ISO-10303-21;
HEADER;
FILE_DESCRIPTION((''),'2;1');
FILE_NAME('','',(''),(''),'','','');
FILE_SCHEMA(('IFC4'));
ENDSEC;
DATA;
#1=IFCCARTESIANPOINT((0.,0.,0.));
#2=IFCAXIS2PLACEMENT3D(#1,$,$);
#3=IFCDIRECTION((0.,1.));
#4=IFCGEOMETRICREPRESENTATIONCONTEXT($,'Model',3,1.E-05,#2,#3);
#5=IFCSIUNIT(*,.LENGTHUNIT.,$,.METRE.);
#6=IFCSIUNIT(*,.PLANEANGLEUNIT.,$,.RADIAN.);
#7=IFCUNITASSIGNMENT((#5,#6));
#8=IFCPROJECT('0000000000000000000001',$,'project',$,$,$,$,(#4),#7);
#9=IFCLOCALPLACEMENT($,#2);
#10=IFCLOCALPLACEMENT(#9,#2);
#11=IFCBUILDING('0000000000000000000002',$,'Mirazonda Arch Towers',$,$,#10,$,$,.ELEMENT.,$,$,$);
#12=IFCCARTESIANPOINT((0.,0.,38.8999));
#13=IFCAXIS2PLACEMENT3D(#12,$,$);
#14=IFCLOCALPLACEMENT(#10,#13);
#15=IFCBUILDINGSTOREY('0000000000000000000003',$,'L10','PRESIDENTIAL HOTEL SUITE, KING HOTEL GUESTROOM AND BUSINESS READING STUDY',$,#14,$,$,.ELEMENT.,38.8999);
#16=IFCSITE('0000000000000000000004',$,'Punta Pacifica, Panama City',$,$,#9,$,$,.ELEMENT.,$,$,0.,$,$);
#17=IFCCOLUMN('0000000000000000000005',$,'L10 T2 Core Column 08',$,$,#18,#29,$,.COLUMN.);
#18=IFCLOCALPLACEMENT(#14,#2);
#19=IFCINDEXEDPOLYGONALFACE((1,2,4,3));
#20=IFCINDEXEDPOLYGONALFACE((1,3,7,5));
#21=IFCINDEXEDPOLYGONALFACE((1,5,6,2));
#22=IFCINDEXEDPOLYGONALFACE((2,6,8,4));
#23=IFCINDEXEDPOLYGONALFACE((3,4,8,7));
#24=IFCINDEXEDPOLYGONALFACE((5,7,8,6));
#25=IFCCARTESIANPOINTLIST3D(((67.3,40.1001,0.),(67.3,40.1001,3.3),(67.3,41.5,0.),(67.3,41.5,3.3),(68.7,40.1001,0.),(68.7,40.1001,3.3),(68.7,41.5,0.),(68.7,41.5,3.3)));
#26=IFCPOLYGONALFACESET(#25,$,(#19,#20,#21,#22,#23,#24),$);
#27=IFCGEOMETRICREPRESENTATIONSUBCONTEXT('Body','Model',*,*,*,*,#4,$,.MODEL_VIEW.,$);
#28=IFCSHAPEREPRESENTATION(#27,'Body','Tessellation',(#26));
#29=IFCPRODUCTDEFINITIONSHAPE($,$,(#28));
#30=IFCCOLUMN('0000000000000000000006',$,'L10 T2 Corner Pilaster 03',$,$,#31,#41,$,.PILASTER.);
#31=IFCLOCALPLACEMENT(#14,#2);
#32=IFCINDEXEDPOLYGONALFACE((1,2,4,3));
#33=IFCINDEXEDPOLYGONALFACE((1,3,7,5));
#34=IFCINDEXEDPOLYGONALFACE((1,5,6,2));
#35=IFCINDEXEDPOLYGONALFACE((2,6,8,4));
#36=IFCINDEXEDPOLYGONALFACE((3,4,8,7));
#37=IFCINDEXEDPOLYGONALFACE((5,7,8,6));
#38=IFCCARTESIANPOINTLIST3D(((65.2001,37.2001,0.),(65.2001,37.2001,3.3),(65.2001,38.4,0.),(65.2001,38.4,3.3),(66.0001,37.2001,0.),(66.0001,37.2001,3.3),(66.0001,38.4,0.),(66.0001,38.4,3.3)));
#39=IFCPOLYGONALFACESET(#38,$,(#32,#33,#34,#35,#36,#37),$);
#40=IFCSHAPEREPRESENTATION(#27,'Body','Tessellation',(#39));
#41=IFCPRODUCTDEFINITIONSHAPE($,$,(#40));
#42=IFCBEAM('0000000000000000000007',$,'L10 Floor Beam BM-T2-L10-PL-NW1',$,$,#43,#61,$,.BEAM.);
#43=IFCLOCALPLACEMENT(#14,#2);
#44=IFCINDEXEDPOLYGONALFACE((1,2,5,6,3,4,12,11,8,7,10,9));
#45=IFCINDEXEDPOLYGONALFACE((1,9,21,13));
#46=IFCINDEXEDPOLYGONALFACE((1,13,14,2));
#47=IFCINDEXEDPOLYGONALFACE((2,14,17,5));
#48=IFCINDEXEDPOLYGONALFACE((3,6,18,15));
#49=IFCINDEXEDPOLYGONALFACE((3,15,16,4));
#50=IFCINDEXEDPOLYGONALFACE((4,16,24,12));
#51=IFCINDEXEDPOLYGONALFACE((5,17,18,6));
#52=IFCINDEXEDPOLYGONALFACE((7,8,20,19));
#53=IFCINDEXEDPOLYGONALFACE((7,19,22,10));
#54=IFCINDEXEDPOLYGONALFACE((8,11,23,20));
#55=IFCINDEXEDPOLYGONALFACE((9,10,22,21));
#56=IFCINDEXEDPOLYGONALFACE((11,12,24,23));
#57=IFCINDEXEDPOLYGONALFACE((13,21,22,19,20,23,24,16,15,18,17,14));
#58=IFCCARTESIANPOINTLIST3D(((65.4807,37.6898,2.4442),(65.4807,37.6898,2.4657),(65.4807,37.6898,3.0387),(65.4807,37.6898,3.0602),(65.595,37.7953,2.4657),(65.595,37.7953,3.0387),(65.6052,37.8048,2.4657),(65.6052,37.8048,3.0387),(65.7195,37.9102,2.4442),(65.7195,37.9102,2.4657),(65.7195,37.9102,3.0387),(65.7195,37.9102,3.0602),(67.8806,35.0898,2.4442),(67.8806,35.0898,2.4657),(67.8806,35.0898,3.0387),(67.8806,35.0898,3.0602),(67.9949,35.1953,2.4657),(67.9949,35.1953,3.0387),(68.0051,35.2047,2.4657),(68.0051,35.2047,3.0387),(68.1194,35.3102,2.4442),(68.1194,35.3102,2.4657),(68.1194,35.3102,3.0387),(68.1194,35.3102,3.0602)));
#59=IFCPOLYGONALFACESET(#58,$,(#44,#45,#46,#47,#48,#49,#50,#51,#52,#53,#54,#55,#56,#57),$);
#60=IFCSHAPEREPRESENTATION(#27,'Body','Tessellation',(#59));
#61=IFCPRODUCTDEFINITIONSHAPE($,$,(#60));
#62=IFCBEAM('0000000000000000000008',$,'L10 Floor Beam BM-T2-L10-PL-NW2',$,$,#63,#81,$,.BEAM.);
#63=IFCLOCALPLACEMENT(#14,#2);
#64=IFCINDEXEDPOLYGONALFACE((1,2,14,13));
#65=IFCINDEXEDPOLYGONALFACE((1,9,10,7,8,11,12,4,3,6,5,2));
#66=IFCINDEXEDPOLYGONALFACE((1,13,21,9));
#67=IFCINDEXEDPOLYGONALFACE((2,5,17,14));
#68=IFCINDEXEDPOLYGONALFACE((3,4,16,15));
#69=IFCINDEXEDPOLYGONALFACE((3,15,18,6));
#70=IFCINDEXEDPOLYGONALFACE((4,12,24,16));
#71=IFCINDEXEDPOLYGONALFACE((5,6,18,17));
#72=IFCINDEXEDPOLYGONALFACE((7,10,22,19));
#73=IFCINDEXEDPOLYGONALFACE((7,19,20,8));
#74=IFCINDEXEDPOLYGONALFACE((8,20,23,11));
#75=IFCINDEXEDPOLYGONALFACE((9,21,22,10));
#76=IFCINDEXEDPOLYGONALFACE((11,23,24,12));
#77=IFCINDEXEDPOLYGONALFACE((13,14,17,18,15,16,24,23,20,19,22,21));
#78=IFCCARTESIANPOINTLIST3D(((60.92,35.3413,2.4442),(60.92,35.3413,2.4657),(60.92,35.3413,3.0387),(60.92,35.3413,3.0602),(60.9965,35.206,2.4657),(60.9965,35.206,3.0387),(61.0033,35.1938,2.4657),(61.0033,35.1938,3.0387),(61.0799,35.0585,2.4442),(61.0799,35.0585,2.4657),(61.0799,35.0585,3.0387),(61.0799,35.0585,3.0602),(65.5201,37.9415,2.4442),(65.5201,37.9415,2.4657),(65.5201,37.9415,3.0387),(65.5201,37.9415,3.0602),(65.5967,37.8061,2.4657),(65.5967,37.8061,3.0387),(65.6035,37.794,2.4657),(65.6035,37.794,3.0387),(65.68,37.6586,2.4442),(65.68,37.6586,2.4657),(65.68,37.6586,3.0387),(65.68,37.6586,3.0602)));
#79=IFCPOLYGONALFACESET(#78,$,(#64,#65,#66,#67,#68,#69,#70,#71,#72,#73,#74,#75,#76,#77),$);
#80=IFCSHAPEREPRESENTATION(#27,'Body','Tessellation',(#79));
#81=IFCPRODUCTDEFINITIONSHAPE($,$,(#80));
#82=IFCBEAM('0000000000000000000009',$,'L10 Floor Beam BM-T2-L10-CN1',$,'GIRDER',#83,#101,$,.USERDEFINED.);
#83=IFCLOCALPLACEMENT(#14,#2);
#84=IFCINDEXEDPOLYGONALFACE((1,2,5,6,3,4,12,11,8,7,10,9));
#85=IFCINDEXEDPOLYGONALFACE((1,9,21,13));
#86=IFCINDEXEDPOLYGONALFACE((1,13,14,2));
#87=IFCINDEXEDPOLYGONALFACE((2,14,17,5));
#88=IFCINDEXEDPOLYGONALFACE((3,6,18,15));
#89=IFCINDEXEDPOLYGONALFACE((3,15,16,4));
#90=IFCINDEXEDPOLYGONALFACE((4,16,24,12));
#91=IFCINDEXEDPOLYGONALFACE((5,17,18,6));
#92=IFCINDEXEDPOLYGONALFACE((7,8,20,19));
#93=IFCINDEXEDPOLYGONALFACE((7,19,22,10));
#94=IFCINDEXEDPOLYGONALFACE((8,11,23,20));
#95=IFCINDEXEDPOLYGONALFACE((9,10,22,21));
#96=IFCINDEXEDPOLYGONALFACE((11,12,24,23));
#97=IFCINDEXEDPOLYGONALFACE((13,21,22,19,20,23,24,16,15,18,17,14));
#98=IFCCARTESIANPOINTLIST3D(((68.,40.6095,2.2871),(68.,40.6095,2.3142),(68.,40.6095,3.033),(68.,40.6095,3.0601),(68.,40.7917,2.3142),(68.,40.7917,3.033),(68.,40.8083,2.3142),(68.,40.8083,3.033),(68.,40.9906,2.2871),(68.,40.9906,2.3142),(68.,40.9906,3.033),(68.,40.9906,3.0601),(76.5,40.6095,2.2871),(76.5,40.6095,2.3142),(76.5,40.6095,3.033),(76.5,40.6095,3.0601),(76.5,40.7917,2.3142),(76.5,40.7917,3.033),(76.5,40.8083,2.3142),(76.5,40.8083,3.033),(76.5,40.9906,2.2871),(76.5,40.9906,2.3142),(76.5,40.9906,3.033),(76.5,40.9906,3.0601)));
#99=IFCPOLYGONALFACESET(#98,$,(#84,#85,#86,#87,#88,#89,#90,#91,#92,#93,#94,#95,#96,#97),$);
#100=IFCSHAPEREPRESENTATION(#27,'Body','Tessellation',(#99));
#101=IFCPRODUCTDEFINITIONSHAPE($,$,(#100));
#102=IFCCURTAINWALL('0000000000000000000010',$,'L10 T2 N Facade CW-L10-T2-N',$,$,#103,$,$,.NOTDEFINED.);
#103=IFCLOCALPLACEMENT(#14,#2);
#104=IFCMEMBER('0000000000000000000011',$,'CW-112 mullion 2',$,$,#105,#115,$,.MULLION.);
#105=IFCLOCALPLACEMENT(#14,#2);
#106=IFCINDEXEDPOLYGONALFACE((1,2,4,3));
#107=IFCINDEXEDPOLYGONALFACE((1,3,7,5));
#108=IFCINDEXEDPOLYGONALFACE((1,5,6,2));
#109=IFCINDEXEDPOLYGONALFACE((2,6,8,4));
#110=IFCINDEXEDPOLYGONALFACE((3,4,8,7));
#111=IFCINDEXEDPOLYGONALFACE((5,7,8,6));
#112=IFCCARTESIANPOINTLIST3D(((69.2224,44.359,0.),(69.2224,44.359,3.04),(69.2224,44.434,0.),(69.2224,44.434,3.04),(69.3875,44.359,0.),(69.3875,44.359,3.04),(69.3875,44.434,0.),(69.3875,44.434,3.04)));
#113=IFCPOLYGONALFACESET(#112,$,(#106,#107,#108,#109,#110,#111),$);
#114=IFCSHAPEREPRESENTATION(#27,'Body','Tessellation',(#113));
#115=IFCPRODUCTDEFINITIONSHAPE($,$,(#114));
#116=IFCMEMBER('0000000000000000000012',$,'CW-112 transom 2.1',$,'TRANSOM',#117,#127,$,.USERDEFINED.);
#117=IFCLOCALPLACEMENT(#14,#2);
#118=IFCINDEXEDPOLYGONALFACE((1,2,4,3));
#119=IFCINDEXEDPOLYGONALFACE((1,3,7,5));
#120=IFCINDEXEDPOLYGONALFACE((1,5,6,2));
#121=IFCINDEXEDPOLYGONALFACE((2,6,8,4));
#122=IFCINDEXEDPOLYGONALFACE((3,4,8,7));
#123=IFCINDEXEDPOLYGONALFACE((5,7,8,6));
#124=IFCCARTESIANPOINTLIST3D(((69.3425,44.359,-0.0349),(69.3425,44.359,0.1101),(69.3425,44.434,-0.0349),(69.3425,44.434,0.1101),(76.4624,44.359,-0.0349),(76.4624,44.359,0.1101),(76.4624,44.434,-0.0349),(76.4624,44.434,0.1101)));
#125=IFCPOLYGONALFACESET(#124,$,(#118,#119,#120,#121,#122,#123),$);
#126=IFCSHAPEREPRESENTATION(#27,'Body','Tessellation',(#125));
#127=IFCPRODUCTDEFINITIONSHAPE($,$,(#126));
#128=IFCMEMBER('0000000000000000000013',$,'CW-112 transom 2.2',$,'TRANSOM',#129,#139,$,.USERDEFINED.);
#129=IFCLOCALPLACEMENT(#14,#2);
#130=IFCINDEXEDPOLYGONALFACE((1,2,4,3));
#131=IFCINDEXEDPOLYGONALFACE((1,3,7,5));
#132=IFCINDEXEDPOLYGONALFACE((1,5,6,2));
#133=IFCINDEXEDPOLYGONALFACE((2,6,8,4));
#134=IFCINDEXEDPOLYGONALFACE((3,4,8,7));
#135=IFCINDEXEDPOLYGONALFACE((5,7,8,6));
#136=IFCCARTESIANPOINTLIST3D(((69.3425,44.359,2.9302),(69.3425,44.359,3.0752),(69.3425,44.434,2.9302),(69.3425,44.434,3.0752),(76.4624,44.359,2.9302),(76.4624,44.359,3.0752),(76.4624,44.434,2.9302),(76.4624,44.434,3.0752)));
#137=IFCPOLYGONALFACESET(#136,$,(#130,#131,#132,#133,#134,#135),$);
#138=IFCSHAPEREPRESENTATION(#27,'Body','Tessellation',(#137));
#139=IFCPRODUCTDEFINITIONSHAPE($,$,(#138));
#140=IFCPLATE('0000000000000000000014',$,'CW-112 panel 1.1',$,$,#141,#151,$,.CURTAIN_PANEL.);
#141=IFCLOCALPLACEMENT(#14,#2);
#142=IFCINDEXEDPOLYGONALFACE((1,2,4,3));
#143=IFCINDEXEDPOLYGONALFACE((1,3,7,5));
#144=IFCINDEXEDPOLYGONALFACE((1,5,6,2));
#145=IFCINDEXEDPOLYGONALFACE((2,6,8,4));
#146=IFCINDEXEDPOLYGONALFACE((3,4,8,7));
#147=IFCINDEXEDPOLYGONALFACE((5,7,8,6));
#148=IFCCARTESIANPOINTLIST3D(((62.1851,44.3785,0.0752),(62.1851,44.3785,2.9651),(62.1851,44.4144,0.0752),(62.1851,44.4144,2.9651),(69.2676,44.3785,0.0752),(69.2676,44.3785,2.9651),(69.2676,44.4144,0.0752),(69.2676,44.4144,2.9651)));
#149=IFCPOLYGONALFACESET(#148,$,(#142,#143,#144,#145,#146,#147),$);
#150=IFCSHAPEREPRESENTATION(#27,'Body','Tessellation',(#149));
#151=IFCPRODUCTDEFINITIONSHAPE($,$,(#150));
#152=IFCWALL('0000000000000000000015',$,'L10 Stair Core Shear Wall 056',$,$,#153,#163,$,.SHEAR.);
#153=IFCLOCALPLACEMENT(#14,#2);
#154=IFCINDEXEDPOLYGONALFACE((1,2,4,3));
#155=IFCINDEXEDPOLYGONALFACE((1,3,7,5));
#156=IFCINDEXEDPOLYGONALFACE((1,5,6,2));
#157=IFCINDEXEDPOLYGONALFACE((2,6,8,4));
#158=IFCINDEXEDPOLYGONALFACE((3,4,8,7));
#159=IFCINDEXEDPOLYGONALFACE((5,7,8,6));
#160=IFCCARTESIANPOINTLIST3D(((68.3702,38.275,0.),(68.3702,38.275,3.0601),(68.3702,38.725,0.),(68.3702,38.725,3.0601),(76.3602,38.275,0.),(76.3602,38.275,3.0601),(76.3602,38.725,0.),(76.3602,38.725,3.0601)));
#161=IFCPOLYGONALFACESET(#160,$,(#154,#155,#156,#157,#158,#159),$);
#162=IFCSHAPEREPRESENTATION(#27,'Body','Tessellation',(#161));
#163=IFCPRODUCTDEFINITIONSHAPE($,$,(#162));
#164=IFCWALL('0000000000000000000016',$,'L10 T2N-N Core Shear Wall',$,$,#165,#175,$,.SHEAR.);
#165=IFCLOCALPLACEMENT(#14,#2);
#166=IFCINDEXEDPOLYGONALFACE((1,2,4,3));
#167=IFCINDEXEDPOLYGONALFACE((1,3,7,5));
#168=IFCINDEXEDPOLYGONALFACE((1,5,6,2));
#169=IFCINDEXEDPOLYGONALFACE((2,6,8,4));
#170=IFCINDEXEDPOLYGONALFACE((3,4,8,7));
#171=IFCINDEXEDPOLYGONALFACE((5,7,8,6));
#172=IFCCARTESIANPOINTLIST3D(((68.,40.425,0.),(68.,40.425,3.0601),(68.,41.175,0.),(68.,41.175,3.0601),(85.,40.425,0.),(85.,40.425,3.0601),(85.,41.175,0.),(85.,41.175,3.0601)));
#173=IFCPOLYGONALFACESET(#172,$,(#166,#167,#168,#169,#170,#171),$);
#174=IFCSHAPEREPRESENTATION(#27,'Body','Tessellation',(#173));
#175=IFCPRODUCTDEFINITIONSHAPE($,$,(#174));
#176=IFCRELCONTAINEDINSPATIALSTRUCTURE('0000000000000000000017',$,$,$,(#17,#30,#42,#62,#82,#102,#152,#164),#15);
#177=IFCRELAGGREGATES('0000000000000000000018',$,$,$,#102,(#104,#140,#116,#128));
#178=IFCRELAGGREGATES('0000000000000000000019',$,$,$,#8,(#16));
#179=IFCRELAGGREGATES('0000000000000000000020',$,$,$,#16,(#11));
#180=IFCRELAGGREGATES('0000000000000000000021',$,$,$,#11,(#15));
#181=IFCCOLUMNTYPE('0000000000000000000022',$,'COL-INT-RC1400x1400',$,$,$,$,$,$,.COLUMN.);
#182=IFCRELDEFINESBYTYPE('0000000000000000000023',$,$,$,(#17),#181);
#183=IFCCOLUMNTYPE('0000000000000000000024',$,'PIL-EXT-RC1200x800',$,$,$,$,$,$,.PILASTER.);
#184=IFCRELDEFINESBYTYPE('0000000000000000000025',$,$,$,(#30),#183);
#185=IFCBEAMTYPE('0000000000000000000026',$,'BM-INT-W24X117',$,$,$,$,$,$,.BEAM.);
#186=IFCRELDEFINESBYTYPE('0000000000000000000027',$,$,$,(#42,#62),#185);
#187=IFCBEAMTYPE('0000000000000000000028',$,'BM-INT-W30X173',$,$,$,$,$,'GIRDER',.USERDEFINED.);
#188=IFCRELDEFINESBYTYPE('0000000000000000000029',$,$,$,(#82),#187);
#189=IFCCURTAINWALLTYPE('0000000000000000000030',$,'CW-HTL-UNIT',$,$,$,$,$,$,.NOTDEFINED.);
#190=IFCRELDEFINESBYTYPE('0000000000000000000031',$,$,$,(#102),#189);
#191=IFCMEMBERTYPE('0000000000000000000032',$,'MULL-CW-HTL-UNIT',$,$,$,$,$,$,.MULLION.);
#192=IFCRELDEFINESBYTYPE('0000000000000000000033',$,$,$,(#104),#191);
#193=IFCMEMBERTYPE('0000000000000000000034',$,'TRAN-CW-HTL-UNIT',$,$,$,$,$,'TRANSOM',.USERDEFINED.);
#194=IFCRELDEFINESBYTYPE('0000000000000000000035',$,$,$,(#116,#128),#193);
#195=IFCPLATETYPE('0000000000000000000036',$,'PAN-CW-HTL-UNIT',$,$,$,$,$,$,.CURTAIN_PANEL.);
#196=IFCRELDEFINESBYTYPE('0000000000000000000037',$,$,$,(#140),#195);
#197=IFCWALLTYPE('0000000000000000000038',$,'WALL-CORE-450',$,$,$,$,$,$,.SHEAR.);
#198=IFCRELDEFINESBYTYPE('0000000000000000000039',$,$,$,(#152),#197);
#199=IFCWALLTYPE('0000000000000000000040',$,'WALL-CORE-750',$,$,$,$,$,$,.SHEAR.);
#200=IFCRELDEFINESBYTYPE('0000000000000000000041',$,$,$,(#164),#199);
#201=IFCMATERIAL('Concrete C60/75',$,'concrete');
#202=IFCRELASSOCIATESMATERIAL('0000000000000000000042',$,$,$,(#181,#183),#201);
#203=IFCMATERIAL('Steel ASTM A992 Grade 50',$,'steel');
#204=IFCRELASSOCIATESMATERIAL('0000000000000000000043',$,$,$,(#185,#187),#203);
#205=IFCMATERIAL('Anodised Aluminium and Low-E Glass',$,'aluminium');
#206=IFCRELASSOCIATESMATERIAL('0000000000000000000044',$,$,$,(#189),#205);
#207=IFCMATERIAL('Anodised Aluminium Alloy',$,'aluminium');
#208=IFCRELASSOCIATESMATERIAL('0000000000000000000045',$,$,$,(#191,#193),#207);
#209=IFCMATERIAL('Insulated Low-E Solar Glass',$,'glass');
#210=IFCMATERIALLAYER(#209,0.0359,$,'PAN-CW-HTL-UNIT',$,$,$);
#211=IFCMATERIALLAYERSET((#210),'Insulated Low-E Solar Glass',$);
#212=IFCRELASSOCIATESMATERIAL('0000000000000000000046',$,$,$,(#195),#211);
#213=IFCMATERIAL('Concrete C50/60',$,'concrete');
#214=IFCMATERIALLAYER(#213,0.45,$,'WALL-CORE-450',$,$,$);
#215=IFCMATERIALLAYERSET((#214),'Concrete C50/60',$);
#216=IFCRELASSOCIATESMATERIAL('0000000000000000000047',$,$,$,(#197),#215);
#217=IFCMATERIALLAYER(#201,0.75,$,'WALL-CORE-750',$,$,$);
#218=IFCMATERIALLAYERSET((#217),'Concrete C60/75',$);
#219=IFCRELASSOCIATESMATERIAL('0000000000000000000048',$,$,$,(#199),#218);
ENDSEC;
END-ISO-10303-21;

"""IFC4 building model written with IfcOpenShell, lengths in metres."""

from ifc_helpers import new_model, si_unit, direction, frame, frame_2d, origin, origin_2d, place, context, subcontext, project, spatial, rectangle, i_section, extrude, material, layer, layer_set, material_profile, profile_set, type_object, element, aggregate, save


model = new_model("IFC4")

# Units and contexts
model_context = context("Model", 3, precision=1e-05, world=origin(), true_north=direction((0.0, 1.0)))
body_context = subcontext(model_context, "Body", "Model", "MODEL_VIEW")
ifc_project = project(units=[si_unit("LENGTHUNIT", "METRE"), si_unit("PLANEANGLEUNIT", "RADIAN")], contexts=[model_context])

# Site, building, storey
site_placement = place(None, origin())
site = spatial("IfcSite", under=ifc_project, at=site_placement, Name="Punta Pacifica, Panama City", CompositionType="ELEMENT", RefElevation=0.0)
building_placement = place(site_placement, origin())
building = spatial("IfcBuilding", under=site, at=building_placement, Name="Mirazonda Arch Towers", CompositionType="ELEMENT")
storey_placement = place(building_placement, frame((0.0, 0.0, 38.8999)))
storey = spatial("IfcBuildingStorey", under=building, at=storey_placement, Name="L10", Description="PRESIDENTIAL HOTEL SUITE, KING HOTEL GUESTROOM AND BUSINESS READING STUDY", CompositionType="ELEMENT", Elevation=38.8999)

# Columns
ifc_material_1 = material(Name="Concrete C60/75", Category="concrete")
ifc_material_profile_1 = material_profile(ifc_material_1, rectangle(XDim=1.3999, YDim=1.3999, at=origin_2d()), Name="RC1400x1400")
ifc_profile_set_1 = profile_set([ifc_material_profile_1], Name="Concrete C60/75")
column_type_1 = type_object("IfcColumnType", Name="COL-INT-RC1400x1400", PredefinedType="COLUMN", material=ifc_profile_set_1)
column_1_placement = place(storey_placement, frame((68.0, 40.8, 0.0), z_axis=(0.0, 0.0, 1.0), x_axis=(1.0, 0.0, 0.0)))
element("IfcColumn", 1, at=column_1_placement, inside=storey, type_object=column_type_1, Name="L10 T2 Core Column 08", PredefinedType="COLUMN", context=body_context, shape_type="SweptSolid", body=[
    extrude(rectangle(XDim=1.3999, YDim=1.3999, at=origin_2d()), origin(), (0.0, 0.0, 1.0), 3.3),
])
ifc_material_profile_2 = material_profile(ifc_material_1, rectangle(XDim=0.8, YDim=1.2, at=origin_2d()), Name="RC1200x800")
ifc_profile_set_2 = profile_set([ifc_material_profile_2], Name="Concrete C60/75")
column_type_2 = type_object("IfcColumnType", Name="PIL-EXT-RC1200x800", PredefinedType="PILASTER", material=ifc_profile_set_2)
column_2_placement = place(storey_placement, frame((65.6001, 37.8, 0.0), z_axis=(0.0, 0.0, 1.0), x_axis=(1.0, 0.0, 0.0)))
element("IfcColumn", 2, at=column_2_placement, inside=storey, type_object=column_type_2, Name="L10 T2 Corner Pilaster 03", PredefinedType="PILASTER", context=body_context, shape_type="SweptSolid", body=[
    extrude(rectangle(XDim=0.8, YDim=1.2, at=origin_2d()), origin(), (0.0, 0.0, 1.0), 3.3),
])

# Beams
ifc_material_2 = material(Name="Steel ASTM A992 Grade 50", Category="steel")
ifc_material_profile_3 = material_profile(ifc_material_2, i_section(OverallWidth=0.325, OverallDepth=0.616, WebThickness=0.0139, FlangeThickness=0.0215, at=origin_2d()), Name="W24X117")
ifc_profile_set_3 = profile_set([ifc_material_profile_3], Name="Steel ASTM A992 Grade 50")
beam_type_1 = type_object("IfcBeamType", Name="BM-INT-W24X117", PredefinedType="BEAM", material=ifc_profile_set_3)
beam_1_placement = place(storey_placement, frame((65.6001, 37.8, 2.7522), z_axis=(0.678251, -0.73483, 0.0), x_axis=(0.73483, 0.678251, 0.0)))
element("IfcBeam", 3, at=beam_1_placement, inside=storey, type_object=beam_type_1, Name="L10 Floor Beam BM-T2-L10-PL-NW1", PredefinedType="BEAM", context=body_context, shape_type="SweptSolid", body=[
    extrude(i_section(OverallWidth=0.325, OverallDepth=0.616, WebThickness=0.0139, FlangeThickness=0.0215, at=origin_2d()), origin(), (0.0, 0.0, 1.0), 3.5383),
])
beam_2_placement = place(storey_placement, frame((65.6001, 37.8, 2.7522), z_axis=(-0.870559, -0.492063, 0.0), x_axis=(0.492063, -0.870559, 0.0)))
element("IfcBeam", 4, at=beam_2_placement, inside=storey, type_object=beam_type_1, Name="L10 Floor Beam BM-T2-L10-PL-NW2", PredefinedType="BEAM", context=body_context, shape_type="SweptSolid", body=[
    extrude(i_section(OverallWidth=0.325, OverallDepth=0.616, WebThickness=0.0139, FlangeThickness=0.0215, at=origin_2d()), origin(), (0.0, 0.0, 1.0), 5.2842),
])
ifc_material_profile_4 = material_profile(ifc_material_2, i_section(OverallWidth=0.3811, OverallDepth=0.7729, WebThickness=0.0166, FlangeThickness=0.0271, at=origin_2d()), Name="W30X173")
ifc_profile_set_4 = profile_set([ifc_material_profile_4], Name="Steel ASTM A992 Grade 50")
beam_type_2 = type_object("IfcBeamType", Name="BM-INT-W30X173", ElementType="GIRDER", PredefinedType="USERDEFINED", material=ifc_profile_set_4)
beam_3_placement = place(storey_placement, frame((68.0, 40.8, 2.6736), z_axis=(1.0, 0.0, 0.0), x_axis=(0.0, 1.0, 0.0)))
element("IfcBeam", 5, at=beam_3_placement, inside=storey, type_object=beam_type_2, Name="L10 Floor Beam BM-T2-L10-CN1", ObjectType="GIRDER", PredefinedType="USERDEFINED", context=body_context, shape_type="SweptSolid", body=[
    extrude(i_section(OverallWidth=0.3811, OverallDepth=0.7729, WebThickness=0.0166, FlangeThickness=0.0271, at=origin_2d()), origin(), (0.0, 0.0, 1.0), 8.5),
])

# Curtain wall, members, plate
ifc_material_3 = material(Name="Anodised Aluminium and Low-E Glass", Category="aluminium")
curtain_wall_type = type_object("IfcCurtainWallType", Name="CW-HTL-UNIT", PredefinedType="NOTDEFINED", material=ifc_material_3)
curtain_wall_placement = place(storey_placement, origin())
curtain_wall = element("IfcCurtainWall", 6, at=curtain_wall_placement, inside=storey, type_object=curtain_wall_type, Name="L10 T2 N Facade CW-L10-T2-N", PredefinedType="NOTDEFINED")
ifc_material_4 = material(Name="Anodised Aluminium Alloy", Category="aluminium")
ifc_material_profile_5 = material_profile(ifc_material_4, rectangle(XDim=0.075, YDim=0.165, at=origin_2d()), Name="ALU-MULL-75x165")
ifc_profile_set_5 = profile_set([ifc_material_profile_5], Name="Anodised Aluminium Alloy")
member_type_1 = type_object("IfcMemberType", Name="MULL-CW-HTL-UNIT", PredefinedType="MULLION", material=ifc_profile_set_5)
member_1_placement = place(storey_placement, frame((69.3049, 44.3965, 0.0), z_axis=(0.0, 0.0, 1.0), x_axis=(0.0, 1.0, 0.0)))
member_1 = element("IfcMember", 7, at=member_1_placement, type_object=member_type_1, Name="CW-112 mullion 2", PredefinedType="MULLION", context=body_context, shape_type="SweptSolid", body=[
    extrude(rectangle(XDim=0.075, YDim=0.165, at=origin_2d()), origin(), (0.0, 0.0, 1.0), 3.04),
])
ifc_material_profile_6 = material_profile(ifc_material_4, rectangle(XDim=0.075, YDim=0.145, at=origin_2d()), Name="ALU-TRAN-75x145")
ifc_profile_set_6 = profile_set([ifc_material_profile_6], Name="Anodised Aluminium Alloy")
member_type_2 = type_object("IfcMemberType", Name="TRAN-CW-HTL-UNIT", ElementType="TRANSOM", PredefinedType="USERDEFINED", material=ifc_profile_set_6)
member_2_placement = place(storey_placement, frame((69.3425, 44.3965, 0.0376), z_axis=(1.0, 0.0, 0.0), x_axis=(0.0, 1.0, 0.0)))
member_2 = element("IfcMember", 8, at=member_2_placement, type_object=member_type_2, Name="CW-112 transom 2.1", ObjectType="TRANSOM", PredefinedType="USERDEFINED", context=body_context, shape_type="SweptSolid", body=[
    extrude(rectangle(XDim=0.075, YDim=0.145, at=origin_2d()), origin(), (0.0, 0.0, 1.0), 7.1199),
])
member_3_placement = place(storey_placement, frame((69.3425, 44.3965, 3.0027), z_axis=(1.0, 0.0, 0.0), x_axis=(0.0, 1.0, 0.0)))
member_3 = element("IfcMember", 9, at=member_3_placement, type_object=member_type_2, Name="CW-112 transom 2.2", ObjectType="TRANSOM", PredefinedType="USERDEFINED", context=body_context, shape_type="SweptSolid", body=[
    extrude(rectangle(XDim=0.075, YDim=0.145, at=origin_2d()), origin(), (0.0, 0.0, 1.0), 7.1199),
])
ifc_material_5 = material(Name="Insulated Low-E Solar Glass", Category="glass")
ifc_layer_1 = layer(ifc_material_5, 0.0359, Name="PAN-CW-HTL-UNIT")
ifc_layer_set_1 = layer_set([ifc_layer_1], Name="Insulated Low-E Solar Glass")
plate_type = type_object("IfcPlateType", Name="PAN-CW-HTL-UNIT", PredefinedType="CURTAIN_PANEL", material=ifc_layer_set_1)
plate_placement = place(storey_placement, frame((65.7263, 44.3965, 0.0752), z_axis=(0.0, 0.0, 1.0), x_axis=(1.0, 0.0, 0.0)))
plate = element("IfcPlate", 10, at=plate_placement, type_object=plate_type, Name="CW-112 panel 1.1", PredefinedType="CURTAIN_PANEL", context=body_context, shape_type="SweptSolid", body=[
    extrude(rectangle(XDim=7.0825, YDim=0.0359, at=origin_2d()), origin(), (0.0, 0.0, 1.0), 2.8899),
])
aggregate(curtain_wall, [member_1, plate, member_2, member_3])

# Walls
ifc_material_6 = material(Name="Concrete C50/60", Category="concrete")
ifc_layer_2 = layer(ifc_material_6, 0.45, Name="WALL-CORE-450")
ifc_layer_set_2 = layer_set([ifc_layer_2], Name="Concrete C50/60")
wall_type_1 = type_object("IfcWallType", Name="WALL-CORE-450", PredefinedType="SHEAR", material=ifc_layer_set_2)
wall_1_placement = place(storey_placement, frame((68.3701, 38.5, 0.0), z_axis=(0.0, 0.0, 1.0), x_axis=(1.0, 0.0, 0.0)))
element("IfcWall", 11, at=wall_1_placement, inside=storey, type_object=wall_type_1, Name="L10 Stair Core Shear Wall 056", PredefinedType="SHEAR", context=body_context, shape_type="SweptSolid", body=[
    extrude(rectangle(XDim=7.99, YDim=0.45, at=frame_2d((3.9951, 0.0))), origin(), (0.0, 0.0, 1.0), 3.0601),
])
ifc_layer_3 = layer(ifc_material_1, 0.75, Name="WALL-CORE-750")
ifc_layer_set_3 = layer_set([ifc_layer_3], Name="Concrete C60/75")
wall_type_2 = type_object("IfcWallType", Name="WALL-CORE-750", PredefinedType="SHEAR", material=ifc_layer_set_3)
wall_2_placement = place(storey_placement, frame((68.0, 40.8, 0.0), z_axis=(0.0, 0.0, 1.0), x_axis=(1.0, 0.0, 0.0)))
element("IfcWall", 12, at=wall_2_placement, inside=storey, type_object=wall_type_2, Name="L10 T2N-N Core Shear Wall", PredefinedType="SHEAR", context=body_context, shape_type="SweptSolid", body=[
    extrude(rectangle(XDim=17.0, YDim=0.75, at=frame_2d((8.5, 0.0))), origin(), (0.0, 0.0, 1.0), 3.0601),
])

save(model, "model.ifc")
